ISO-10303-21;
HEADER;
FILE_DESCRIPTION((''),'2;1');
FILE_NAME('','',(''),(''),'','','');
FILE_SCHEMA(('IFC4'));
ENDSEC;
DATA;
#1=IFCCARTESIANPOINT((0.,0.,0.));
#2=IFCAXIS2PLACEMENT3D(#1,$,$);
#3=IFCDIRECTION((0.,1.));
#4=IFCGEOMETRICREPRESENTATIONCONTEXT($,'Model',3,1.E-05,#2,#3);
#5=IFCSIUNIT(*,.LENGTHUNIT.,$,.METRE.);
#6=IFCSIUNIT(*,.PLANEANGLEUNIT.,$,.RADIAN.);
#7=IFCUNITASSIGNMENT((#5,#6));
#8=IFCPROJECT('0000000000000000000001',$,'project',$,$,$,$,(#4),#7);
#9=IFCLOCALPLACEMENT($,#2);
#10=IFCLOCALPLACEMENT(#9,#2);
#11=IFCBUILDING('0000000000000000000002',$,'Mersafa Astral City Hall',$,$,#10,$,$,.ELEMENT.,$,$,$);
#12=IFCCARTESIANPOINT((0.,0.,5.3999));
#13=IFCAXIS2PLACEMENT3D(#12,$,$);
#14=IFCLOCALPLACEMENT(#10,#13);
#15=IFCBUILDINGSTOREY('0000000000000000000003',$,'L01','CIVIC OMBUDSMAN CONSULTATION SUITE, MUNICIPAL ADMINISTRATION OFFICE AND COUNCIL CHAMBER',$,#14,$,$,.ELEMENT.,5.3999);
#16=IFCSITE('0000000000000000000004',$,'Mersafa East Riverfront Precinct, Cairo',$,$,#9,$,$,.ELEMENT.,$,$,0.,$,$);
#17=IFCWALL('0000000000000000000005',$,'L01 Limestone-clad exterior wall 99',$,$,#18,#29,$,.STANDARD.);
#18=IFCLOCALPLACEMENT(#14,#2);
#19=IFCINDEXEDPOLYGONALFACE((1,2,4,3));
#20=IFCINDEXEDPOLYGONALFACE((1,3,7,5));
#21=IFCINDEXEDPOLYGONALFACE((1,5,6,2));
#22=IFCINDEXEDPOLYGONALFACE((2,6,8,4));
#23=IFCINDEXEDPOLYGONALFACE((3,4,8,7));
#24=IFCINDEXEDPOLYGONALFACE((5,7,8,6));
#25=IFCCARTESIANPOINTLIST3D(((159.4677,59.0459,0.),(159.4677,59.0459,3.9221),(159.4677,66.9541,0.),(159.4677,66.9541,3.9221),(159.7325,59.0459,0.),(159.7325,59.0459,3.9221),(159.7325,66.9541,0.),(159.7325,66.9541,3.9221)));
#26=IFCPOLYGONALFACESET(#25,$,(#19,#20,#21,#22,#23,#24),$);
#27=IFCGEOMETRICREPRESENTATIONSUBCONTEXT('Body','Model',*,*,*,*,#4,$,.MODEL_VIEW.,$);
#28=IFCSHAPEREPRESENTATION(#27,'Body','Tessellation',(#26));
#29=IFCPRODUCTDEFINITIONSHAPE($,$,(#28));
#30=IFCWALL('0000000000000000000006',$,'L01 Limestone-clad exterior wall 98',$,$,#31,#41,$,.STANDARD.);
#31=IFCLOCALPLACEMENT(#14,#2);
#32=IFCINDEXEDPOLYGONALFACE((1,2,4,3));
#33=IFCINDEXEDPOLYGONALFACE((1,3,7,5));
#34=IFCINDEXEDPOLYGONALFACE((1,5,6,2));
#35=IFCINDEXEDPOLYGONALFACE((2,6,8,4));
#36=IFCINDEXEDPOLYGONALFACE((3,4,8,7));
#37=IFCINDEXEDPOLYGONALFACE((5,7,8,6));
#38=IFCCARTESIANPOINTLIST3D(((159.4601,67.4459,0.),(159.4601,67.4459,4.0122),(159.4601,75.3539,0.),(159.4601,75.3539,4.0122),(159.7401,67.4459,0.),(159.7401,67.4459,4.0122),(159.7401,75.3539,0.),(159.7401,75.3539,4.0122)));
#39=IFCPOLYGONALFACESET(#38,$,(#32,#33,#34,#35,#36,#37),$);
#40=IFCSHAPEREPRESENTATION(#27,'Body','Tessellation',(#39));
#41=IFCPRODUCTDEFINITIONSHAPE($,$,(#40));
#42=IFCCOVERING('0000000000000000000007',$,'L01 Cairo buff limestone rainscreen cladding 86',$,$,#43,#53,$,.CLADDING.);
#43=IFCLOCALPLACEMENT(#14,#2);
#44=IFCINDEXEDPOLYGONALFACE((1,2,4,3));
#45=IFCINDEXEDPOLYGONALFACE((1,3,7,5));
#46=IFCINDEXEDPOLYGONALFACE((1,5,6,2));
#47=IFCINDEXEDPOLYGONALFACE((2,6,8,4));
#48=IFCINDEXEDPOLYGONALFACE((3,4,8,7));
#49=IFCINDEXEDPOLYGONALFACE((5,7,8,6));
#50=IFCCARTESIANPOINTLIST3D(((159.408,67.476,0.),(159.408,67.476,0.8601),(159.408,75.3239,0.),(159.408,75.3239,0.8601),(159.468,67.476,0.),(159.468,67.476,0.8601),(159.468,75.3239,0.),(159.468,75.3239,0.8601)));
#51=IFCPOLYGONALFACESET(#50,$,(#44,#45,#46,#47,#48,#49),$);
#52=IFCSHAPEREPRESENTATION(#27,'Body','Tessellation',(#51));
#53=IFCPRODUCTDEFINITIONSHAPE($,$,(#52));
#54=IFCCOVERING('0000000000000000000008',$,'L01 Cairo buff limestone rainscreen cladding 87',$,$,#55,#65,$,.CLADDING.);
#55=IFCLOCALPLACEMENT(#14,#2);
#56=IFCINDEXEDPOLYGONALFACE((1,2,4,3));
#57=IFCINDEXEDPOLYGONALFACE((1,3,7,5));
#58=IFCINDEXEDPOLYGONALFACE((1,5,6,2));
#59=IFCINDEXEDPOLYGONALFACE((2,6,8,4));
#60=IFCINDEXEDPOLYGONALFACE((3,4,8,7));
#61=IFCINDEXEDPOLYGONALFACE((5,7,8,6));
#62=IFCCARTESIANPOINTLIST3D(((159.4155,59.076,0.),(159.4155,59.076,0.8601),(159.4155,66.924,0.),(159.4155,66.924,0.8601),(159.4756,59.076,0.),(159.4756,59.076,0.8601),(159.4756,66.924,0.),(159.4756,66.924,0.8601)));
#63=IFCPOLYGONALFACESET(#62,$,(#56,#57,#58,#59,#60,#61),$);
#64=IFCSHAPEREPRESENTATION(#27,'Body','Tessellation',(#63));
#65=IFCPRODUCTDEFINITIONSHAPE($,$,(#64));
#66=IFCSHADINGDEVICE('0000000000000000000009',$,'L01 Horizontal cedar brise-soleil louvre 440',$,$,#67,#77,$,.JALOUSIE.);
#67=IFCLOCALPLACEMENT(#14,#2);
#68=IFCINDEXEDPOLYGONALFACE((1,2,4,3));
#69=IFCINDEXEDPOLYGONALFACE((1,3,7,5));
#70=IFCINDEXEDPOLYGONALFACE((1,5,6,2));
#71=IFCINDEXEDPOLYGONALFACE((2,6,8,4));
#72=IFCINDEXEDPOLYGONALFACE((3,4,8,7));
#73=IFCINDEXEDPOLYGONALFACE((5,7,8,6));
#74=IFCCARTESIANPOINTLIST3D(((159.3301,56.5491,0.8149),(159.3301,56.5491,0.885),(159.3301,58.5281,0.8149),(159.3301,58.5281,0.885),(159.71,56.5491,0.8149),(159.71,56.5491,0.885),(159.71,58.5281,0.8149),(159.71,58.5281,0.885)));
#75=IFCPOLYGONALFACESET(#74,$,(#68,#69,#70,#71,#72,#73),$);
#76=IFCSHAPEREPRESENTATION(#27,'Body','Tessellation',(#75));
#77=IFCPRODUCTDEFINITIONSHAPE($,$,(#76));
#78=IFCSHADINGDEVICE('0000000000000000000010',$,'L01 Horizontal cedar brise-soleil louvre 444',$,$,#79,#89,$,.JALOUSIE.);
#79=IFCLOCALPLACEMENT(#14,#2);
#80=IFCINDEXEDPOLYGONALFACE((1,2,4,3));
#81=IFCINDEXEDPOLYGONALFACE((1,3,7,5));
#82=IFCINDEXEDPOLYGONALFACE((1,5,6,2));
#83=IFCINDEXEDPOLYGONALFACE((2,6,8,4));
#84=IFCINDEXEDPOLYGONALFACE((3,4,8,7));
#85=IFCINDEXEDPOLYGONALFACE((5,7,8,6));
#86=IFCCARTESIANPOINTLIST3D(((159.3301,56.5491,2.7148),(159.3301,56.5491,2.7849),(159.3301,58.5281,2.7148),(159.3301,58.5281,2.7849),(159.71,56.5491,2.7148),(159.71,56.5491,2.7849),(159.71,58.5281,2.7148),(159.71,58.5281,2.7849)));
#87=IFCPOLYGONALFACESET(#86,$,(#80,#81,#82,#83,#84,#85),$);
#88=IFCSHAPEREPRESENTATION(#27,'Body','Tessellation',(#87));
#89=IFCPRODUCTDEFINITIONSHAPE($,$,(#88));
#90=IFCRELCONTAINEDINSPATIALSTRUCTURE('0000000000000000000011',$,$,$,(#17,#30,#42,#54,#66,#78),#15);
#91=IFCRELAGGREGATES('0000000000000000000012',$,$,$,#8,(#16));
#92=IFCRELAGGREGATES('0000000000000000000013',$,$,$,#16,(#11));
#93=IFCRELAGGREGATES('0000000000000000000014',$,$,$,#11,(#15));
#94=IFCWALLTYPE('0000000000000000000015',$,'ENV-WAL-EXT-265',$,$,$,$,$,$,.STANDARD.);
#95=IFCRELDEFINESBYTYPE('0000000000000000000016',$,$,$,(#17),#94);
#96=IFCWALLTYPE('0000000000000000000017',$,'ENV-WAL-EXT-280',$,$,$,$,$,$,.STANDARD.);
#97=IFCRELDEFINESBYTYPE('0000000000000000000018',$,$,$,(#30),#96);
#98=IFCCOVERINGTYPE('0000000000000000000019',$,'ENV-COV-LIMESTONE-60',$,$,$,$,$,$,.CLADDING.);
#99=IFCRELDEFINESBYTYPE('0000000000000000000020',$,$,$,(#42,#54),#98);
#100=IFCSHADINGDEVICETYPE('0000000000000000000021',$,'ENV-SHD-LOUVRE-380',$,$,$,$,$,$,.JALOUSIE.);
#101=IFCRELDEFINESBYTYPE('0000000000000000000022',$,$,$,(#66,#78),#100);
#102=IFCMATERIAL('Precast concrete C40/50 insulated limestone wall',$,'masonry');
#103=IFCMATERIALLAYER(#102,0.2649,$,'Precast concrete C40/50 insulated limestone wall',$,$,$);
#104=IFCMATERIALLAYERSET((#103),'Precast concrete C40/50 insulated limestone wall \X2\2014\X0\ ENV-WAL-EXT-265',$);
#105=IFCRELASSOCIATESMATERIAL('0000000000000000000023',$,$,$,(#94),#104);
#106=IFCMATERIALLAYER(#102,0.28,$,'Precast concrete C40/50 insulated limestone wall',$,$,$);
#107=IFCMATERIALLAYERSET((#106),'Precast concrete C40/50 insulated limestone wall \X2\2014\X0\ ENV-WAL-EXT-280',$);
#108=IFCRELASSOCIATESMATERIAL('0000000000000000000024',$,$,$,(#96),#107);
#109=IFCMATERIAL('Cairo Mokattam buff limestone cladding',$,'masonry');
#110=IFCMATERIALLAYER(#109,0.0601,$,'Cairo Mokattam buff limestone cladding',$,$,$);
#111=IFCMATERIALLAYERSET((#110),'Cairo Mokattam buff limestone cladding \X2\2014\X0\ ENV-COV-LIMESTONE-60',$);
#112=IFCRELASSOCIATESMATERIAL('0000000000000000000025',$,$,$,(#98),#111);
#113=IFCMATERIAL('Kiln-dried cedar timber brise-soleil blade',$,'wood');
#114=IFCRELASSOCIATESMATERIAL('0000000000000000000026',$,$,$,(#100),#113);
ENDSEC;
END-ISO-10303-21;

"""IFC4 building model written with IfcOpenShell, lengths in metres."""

from ifc_helpers import new_model, si_unit, direction, frame, frame_2d, origin, origin_2d, place, context, subcontext, project, spatial, rectangle, extrude, material, layer, layer_set, type_object, element, save


model = new_model("IFC4")

# Units and contexts
model_context = context("Model", 3, precision=1e-05, world=origin(), true_north=direction((0.0, 1.0)))
body_context = subcontext(model_context, "Body", "Model", "MODEL_VIEW")
ifc_project = project(units=[si_unit("LENGTHUNIT", "METRE"), si_unit("PLANEANGLEUNIT", "RADIAN")], contexts=[model_context])

# Site, building, storey
site_placement = place(None, origin())
site = spatial("IfcSite", under=ifc_project, at=site_placement, Name="Mersafa East Riverfront Precinct, Cairo", CompositionType="ELEMENT", RefElevation=0.0)
building_placement = place(site_placement, origin())
building = spatial("IfcBuilding", under=site, at=building_placement, Name="Mersafa Astral City Hall", CompositionType="ELEMENT")
storey_placement = place(building_placement, frame((0.0, 0.0, 5.3999)))
storey = spatial("IfcBuildingStorey", under=building, at=storey_placement, Name="L01", Description="CIVIC OMBUDSMAN CONSULTATION SUITE, MUNICIPAL ADMINISTRATION OFFICE AND COUNCIL CHAMBER", CompositionType="ELEMENT", Elevation=5.3999)

# Walls
ifc_material_1 = material(Name="Precast concrete C40/50 insulated limestone wall", Category="masonry")
ifc_layer_1 = layer(ifc_material_1, 0.2649, Name="Precast concrete C40/50 insulated limestone wall")
ifc_layer_set_1 = layer_set([ifc_layer_1], Name="Precast concrete C40/50 insulated limestone wall — ENV-WAL-EXT-265")
wall_type_1 = type_object("IfcWallType", Name="ENV-WAL-EXT-265", PredefinedType="STANDARD", material=ifc_layer_set_1)
wall_1_placement = place(storey_placement, frame((159.6001, 66.9541, 0.0), z_axis=(0.0, 0.0, 1.0), x_axis=(0.0, -1.0, 0.0)))
element("IfcWall", 1, at=wall_1_placement, inside=storey, type_object=wall_type_1, Name="L01 Limestone-clad exterior wall 99", PredefinedType="STANDARD", context=body_context, shape_type="SweptSolid", body=[
    extrude(rectangle(XDim=7.9082, YDim=0.2649, at=frame_2d((3.9541, 0.0))), origin(), (0.0, 0.0, 1.0), 3.9221),
])
ifc_layer_2 = layer(ifc_material_1, 0.28, Name="Precast concrete C40/50 insulated limestone wall")
ifc_layer_set_2 = layer_set([ifc_layer_2], Name="Precast concrete C40/50 insulated limestone wall — ENV-WAL-EXT-280")
wall_type_2 = type_object("IfcWallType", Name="ENV-WAL-EXT-280", PredefinedType="STANDARD", material=ifc_layer_set_2)
wall_2_placement = place(storey_placement, frame((159.6001, 75.354, 0.0), z_axis=(0.0, 0.0, 1.0), x_axis=(0.0, -1.0, 0.0)))
element("IfcWall", 2, at=wall_2_placement, inside=storey, type_object=wall_type_2, Name="L01 Limestone-clad exterior wall 98", PredefinedType="STANDARD", context=body_context, shape_type="SweptSolid", body=[
    extrude(rectangle(XDim=7.908, YDim=0.28, at=frame_2d((3.9541, 0.0))), origin(), (0.0, 0.0, 1.0), 4.0122),
])

# Coverings
ifc_material_2 = material(Name="Cairo Mokattam buff limestone cladding", Category="masonry")
ifc_layer_3 = layer(ifc_material_2, 0.0601, Name="Cairo Mokattam buff limestone cladding")
ifc_layer_set_3 = layer_set([ifc_layer_3], Name="Cairo Mokattam buff limestone cladding — ENV-COV-LIMESTONE-60")
covering_type = type_object("IfcCoveringType", Name="ENV-COV-LIMESTONE-60", PredefinedType="CLADDING", material=ifc_layer_set_3)
for number, where, z_axis, x_axis, name in (
    (3, (159.438, 71.3999, 0.0), (0.0, 0.0, 1.0), (0.0, -1.0, 0.0), "L01 Cairo buff limestone rainscreen cladding 86"),
    (4, (159.4456, 63.0, 0.0), (0.0, 0.0, 1.0), (0.0, -1.0, 0.0), "L01 Cairo buff limestone rainscreen cladding 87"),
):
    element("IfcCovering", number, at=place(storey_placement, frame(where, z_axis=z_axis, x_axis=x_axis)), inside=storey, type_object=covering_type, Name=name, PredefinedType="CLADDING", context=body_context, shape_type="SweptSolid", body=[
        extrude(rectangle(XDim=7.8479, YDim=0.0601, at=origin_2d()), origin(), (0.0, 0.0, 1.0), 0.8601),
    ])

# Shading devices
ifc_material_3 = material(Name="Kiln-dried cedar timber brise-soleil blade", Category="wood")
shading_device_type = type_object("IfcShadingDeviceType", Name="ENV-SHD-LOUVRE-380", PredefinedType="JALOUSIE", material=ifc_material_3)
for number, where, z_axis, x_axis, name in (
    (5, (159.52, 57.5386, 0.8149), (0.0, 0.0, 1.0), (0.0, -1.0, 0.0), "L01 Horizontal cedar brise-soleil louvre 440"),
    (6, (159.52, 57.5386, 2.7148), (0.0, 0.0, 1.0), (0.0, -1.0, 0.0), "L01 Horizontal cedar brise-soleil louvre 444"),
):
    element("IfcShadingDevice", number, at=place(storey_placement, frame(where, z_axis=z_axis, x_axis=x_axis)), inside=storey, type_object=shading_device_type, Name=name, PredefinedType="JALOUSIE", context=body_context, shape_type="SweptSolid", body=[
        extrude(rectangle(XDim=1.979, YDim=0.3799, at=origin_2d()), origin(), (0.0, 0.0, 1.0), 0.0701),
    ])

save(model, "model.ifc")
